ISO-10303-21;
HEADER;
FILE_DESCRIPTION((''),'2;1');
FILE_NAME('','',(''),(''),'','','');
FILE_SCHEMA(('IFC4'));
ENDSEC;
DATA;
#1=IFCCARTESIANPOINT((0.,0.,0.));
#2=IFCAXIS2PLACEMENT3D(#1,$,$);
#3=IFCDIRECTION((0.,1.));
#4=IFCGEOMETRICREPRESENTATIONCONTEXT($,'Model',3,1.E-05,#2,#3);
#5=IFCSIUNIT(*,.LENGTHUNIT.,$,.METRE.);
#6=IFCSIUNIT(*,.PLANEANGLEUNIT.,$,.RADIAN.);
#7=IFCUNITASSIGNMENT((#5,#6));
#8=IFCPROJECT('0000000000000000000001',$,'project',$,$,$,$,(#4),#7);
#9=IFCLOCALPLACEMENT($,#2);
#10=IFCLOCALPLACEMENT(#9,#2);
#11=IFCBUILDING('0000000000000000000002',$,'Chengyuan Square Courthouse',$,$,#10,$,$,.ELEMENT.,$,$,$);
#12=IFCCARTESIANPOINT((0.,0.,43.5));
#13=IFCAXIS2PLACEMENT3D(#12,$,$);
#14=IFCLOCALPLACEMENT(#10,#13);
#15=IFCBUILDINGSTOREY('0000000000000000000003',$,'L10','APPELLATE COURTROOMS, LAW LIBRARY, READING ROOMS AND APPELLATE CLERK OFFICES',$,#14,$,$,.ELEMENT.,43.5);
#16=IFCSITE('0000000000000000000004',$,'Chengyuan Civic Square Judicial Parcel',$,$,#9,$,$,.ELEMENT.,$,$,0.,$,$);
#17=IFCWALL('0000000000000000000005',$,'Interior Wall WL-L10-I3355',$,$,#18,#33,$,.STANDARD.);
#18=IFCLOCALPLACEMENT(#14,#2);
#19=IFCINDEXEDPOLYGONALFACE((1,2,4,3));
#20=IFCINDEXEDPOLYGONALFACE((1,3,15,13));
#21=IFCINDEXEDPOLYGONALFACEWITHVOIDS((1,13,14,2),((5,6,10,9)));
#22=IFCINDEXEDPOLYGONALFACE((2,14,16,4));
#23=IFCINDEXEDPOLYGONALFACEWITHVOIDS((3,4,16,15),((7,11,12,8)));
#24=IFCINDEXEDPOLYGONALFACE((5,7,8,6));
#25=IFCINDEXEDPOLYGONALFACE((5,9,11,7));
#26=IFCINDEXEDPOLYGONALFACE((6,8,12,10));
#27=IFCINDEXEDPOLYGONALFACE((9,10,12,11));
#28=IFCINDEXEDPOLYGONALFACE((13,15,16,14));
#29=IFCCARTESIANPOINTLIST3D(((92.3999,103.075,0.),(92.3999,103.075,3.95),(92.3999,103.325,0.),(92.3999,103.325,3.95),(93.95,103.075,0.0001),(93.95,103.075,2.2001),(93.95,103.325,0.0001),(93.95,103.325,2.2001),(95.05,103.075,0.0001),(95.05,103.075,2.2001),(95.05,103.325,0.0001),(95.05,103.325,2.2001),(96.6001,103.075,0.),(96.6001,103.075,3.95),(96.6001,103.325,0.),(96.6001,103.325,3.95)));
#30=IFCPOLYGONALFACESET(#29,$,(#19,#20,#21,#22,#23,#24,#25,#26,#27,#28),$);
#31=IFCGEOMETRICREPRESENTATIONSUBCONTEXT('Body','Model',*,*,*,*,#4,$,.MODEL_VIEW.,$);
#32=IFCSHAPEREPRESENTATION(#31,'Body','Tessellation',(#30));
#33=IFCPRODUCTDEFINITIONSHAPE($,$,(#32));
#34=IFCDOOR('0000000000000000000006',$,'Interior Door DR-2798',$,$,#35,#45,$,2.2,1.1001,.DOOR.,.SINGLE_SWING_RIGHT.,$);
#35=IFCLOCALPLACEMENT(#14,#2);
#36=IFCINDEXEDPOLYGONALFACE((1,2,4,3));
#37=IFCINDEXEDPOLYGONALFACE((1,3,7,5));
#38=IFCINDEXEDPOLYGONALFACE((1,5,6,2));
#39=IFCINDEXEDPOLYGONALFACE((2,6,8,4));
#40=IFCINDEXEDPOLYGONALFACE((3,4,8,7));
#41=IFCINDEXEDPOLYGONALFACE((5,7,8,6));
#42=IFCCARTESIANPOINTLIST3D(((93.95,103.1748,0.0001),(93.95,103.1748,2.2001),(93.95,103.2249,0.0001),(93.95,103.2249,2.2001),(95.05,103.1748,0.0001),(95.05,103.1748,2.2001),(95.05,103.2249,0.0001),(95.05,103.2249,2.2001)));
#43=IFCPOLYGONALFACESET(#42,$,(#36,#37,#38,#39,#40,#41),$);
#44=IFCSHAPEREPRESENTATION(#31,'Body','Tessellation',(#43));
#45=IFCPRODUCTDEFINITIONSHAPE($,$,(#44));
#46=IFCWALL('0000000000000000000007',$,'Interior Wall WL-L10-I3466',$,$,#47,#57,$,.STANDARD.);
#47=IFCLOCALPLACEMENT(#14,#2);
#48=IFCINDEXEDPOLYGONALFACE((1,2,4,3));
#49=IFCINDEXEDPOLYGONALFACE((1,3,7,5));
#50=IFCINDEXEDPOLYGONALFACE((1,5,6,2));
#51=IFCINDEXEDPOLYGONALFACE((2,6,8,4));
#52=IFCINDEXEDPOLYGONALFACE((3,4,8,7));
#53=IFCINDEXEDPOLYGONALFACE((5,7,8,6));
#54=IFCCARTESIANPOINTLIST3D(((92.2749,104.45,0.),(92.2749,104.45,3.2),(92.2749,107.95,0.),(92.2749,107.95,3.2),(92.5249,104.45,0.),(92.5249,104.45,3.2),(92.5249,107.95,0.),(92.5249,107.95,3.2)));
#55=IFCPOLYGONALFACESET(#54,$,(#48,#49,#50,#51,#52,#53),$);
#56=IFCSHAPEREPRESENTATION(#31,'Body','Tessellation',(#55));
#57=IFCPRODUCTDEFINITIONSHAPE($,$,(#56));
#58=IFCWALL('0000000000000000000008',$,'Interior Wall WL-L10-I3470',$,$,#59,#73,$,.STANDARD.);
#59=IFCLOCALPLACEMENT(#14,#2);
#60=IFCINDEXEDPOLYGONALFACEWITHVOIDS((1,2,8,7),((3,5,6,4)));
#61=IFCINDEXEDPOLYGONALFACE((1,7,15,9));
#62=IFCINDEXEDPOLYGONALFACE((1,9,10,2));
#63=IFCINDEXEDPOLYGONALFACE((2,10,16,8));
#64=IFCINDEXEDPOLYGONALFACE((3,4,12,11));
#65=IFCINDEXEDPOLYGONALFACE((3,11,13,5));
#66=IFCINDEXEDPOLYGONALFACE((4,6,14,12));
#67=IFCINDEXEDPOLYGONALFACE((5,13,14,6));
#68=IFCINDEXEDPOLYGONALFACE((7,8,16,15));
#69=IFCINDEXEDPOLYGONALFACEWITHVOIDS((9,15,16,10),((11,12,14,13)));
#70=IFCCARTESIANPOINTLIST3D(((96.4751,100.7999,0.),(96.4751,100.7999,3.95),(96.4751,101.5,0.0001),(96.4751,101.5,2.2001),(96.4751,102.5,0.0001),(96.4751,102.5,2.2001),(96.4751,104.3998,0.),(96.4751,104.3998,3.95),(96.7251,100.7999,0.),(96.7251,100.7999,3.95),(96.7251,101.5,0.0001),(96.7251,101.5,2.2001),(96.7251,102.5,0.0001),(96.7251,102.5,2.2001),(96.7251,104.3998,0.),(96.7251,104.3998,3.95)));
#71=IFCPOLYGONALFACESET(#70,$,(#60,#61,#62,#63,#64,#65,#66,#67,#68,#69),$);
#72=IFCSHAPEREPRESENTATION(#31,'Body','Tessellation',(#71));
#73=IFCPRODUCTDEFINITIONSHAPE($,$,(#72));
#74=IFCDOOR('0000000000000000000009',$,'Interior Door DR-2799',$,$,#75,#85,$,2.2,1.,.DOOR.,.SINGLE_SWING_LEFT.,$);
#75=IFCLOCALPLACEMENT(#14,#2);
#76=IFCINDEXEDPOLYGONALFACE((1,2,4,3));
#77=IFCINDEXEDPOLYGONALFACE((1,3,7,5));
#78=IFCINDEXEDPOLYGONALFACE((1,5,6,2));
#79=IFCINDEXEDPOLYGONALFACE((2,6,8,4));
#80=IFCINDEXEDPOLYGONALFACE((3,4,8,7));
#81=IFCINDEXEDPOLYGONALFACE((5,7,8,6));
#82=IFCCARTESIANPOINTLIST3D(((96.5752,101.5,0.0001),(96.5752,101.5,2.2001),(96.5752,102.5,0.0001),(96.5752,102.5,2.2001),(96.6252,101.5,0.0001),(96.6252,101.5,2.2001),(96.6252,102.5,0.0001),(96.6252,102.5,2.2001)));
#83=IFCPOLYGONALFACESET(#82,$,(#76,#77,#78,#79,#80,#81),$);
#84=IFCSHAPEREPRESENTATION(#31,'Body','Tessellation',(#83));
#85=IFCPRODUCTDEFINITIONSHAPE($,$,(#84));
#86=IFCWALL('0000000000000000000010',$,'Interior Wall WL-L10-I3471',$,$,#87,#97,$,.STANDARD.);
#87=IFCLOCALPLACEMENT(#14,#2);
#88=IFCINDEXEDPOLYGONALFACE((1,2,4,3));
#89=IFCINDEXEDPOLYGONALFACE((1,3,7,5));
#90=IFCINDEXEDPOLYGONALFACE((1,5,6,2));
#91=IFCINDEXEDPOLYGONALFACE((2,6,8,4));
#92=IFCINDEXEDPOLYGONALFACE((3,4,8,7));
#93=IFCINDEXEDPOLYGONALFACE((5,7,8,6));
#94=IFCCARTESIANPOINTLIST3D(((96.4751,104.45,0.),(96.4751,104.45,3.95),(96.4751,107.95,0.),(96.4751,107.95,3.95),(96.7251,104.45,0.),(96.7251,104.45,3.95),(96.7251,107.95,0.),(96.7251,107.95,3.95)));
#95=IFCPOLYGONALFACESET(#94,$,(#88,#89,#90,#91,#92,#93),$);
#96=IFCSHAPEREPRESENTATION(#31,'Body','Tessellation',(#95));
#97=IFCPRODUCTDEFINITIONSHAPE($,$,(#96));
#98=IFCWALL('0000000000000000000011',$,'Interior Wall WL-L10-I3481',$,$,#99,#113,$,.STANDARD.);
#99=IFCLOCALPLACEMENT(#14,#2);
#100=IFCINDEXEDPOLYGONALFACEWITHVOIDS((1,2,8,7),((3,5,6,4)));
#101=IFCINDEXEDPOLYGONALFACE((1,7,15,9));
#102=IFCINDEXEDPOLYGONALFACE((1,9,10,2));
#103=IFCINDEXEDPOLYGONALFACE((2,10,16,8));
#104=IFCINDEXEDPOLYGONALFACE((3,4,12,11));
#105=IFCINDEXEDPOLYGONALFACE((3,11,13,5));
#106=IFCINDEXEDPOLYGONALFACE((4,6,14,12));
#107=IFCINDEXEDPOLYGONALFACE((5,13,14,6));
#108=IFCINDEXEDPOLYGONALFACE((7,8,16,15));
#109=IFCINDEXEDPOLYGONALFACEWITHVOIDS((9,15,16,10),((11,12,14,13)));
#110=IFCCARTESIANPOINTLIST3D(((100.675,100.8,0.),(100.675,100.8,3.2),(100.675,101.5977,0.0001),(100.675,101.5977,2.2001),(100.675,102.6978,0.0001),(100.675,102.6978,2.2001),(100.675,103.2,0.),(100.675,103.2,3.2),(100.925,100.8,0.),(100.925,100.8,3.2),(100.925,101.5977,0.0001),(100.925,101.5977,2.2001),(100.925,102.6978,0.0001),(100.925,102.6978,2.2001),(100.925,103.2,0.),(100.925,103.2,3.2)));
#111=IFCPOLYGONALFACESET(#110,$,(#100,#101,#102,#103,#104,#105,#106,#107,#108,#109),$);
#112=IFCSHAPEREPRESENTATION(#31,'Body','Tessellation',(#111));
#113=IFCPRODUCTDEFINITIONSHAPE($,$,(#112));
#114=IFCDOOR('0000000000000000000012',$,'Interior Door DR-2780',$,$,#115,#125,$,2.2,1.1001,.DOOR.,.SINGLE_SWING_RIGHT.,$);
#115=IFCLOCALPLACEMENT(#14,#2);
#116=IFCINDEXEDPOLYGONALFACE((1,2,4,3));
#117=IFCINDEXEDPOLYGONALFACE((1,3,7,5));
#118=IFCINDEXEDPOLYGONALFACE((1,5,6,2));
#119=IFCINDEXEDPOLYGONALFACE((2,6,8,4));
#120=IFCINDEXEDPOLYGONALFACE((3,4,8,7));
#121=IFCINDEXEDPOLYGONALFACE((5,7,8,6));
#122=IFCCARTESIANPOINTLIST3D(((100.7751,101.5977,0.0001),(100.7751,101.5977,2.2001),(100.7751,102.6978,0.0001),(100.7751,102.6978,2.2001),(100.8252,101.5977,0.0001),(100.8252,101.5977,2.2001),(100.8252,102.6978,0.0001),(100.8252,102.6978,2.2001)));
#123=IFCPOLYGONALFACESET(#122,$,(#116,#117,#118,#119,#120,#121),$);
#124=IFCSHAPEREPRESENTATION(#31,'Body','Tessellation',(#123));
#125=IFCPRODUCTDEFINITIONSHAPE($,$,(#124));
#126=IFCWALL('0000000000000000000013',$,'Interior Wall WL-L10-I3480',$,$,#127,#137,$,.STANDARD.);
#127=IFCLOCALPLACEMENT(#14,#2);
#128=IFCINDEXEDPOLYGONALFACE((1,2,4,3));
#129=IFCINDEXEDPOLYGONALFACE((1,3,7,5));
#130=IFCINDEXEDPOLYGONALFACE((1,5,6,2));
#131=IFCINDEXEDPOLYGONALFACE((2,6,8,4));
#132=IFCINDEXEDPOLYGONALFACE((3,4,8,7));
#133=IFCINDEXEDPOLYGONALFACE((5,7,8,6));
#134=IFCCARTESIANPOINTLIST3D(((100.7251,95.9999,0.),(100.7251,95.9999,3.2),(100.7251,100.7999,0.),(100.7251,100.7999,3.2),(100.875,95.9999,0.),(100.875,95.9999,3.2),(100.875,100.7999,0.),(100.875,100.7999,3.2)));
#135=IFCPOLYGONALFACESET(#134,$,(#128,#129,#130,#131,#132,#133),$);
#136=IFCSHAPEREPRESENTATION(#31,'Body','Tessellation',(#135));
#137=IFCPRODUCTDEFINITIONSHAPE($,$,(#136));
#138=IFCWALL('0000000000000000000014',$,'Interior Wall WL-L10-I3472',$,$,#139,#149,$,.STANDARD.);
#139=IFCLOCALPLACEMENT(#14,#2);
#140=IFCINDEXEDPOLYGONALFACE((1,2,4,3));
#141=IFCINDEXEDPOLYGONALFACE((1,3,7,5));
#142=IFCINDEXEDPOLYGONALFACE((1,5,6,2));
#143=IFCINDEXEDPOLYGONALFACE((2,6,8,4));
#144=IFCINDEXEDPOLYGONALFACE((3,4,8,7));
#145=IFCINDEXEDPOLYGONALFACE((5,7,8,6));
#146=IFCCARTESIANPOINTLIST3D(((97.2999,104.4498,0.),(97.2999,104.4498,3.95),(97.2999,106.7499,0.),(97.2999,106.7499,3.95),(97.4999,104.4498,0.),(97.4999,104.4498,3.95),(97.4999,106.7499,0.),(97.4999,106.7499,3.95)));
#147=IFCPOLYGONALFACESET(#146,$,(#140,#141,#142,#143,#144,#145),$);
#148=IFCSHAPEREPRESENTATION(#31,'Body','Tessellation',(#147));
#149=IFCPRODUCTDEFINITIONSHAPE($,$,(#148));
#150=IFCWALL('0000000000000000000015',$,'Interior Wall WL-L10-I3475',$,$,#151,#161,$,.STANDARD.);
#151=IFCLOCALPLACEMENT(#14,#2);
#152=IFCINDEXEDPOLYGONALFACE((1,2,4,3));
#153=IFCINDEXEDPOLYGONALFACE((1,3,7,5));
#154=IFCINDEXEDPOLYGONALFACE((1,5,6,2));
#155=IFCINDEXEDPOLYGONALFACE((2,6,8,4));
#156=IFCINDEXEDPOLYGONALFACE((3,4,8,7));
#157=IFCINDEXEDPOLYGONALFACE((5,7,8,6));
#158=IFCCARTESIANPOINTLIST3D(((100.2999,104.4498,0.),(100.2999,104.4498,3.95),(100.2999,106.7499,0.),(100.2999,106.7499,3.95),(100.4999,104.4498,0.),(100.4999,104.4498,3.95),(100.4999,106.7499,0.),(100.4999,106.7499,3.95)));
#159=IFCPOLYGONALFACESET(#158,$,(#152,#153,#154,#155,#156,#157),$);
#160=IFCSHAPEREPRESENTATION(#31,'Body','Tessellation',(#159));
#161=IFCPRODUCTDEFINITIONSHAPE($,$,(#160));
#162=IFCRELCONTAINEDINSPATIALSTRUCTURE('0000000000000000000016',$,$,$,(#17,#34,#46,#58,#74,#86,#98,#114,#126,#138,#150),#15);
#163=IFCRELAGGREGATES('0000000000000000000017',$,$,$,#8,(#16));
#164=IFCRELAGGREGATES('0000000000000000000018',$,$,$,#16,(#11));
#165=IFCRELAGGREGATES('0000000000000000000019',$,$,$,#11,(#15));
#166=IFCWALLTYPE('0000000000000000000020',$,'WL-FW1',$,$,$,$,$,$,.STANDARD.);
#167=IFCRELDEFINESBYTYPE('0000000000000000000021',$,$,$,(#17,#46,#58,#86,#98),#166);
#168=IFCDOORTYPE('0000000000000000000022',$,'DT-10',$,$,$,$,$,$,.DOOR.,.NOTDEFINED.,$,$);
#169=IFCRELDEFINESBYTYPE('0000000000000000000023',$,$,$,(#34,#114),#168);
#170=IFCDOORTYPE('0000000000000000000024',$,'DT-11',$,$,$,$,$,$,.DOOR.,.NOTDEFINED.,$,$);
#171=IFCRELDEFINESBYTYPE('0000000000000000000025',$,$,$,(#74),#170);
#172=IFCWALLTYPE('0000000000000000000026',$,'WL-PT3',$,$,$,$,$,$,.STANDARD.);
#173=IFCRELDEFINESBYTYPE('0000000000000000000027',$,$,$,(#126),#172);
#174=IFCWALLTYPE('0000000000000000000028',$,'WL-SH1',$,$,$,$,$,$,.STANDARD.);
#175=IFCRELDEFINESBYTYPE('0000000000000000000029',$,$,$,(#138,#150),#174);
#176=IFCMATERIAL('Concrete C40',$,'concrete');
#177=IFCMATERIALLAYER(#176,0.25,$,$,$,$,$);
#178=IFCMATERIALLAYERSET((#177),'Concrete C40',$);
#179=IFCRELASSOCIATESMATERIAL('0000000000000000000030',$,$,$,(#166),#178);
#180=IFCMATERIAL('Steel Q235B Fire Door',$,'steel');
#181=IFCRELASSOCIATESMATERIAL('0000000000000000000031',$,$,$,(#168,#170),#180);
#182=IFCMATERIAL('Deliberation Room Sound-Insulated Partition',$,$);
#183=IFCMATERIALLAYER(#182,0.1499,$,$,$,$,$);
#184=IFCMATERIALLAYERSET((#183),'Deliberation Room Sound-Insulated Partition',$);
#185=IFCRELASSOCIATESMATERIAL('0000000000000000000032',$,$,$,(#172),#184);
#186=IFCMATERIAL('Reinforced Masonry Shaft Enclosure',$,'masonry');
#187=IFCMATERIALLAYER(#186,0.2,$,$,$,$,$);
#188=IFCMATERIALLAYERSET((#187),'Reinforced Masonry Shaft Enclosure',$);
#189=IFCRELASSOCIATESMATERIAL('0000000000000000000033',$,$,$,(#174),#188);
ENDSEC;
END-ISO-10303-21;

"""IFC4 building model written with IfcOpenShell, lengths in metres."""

from ifc_helpers import new_model, si_unit, direction, frame, frame_2d, origin, place, context, subcontext, project, spatial, rectangle, extrude, material, layer, layer_set, type_object, element, fill, save


model = new_model("IFC4")

# Units and contexts
model_context = context("Model", 3, precision=1e-05, world=origin(), true_north=direction((0.0, 1.0)))
body_context = subcontext(model_context, "Body", "Model", "MODEL_VIEW")
ifc_project = project(units=[si_unit("LENGTHUNIT", "METRE"), si_unit("PLANEANGLEUNIT", "RADIAN")], contexts=[model_context])

# Site, building, storey
site_placement = place(None, origin())
site = spatial("IfcSite", under=ifc_project, at=site_placement, Name="Chengyuan Civic Square Judicial Parcel", CompositionType="ELEMENT", RefElevation=0.0)
building_placement = place(site_placement, origin())
building = spatial("IfcBuilding", under=site, at=building_placement, Name="Chengyuan Square Courthouse", CompositionType="ELEMENT")
storey_placement = place(building_placement, frame((0.0, 0.0, 43.5)))
storey = spatial("IfcBuildingStorey", under=building, at=storey_placement, Name="L10", Description="APPELLATE COURTROOMS, LAW LIBRARY, READING ROOMS AND APPELLATE CLERK OFFICES", CompositionType="ELEMENT", Elevation=43.5)

# Shared definitions
ifc_material_1 = material(Name="Concrete C40", Category="concrete")

# Wall, opening, door
ifc_layer_1 = layer(ifc_material_1, 0.25)
ifc_layer_set_1 = layer_set([ifc_layer_1], Name="Concrete C40")
wall_type_1 = type_object("IfcWallType", Name="WL-FW1", PredefinedType="STANDARD", material=ifc_layer_set_1)
ifc_material_2 = material(Name="Steel Q235B Fire Door", Category="steel")
wall_1_placement = place(storey_placement, frame((92.3999, 103.2, 0.0), z_axis=(0.0, 0.0, 1.0), x_axis=(1.0, 0.0, 0.0)))
wall_1 = element("IfcWall", 1, at=wall_1_placement, inside=storey, type_object=wall_type_1, Name="Interior Wall WL-L10-I3355", PredefinedType="STANDARD", context=body_context, shape_type="SweptSolid", body=[
    extrude(rectangle(XDim=4.2002, YDim=0.25, at=frame_2d((2.1001, 0.0))), origin(), (0.0, 0.0, 1.0), 3.95),
])
opening_1_placement = place(wall_1_placement, frame((1.55, 0.0, 0.0)))
opening_1 = element("IfcOpeningElement", 2, at=opening_1_placement, cuts=wall_1, PredefinedType="OPENING", context=body_context, shape_type="SweptSolid", body=[
    extrude(rectangle(XDim=1.1001, YDim=2.2, at=frame_2d((0.55, 1.1001))), frame((0.0, 0.137, 0.0), z_axis=(0.0, -1.0, 0.0), x_axis=(1.0, 0.0, 0.0)), (0.0, 0.0, 1.0), 0.2739),
])
door_type_1 = type_object("IfcDoorType", Name="DT-10", OperationType="NOTDEFINED", PredefinedType="DOOR", material=ifc_material_2)
door_1_placement = place(opening_1_placement, origin())
door_1 = element("IfcDoor", 3, at=door_1_placement, inside=storey, type_object=door_type_1, Name="Interior Door DR-2798", OperationType="SINGLE_SWING_RIGHT", OverallHeight=2.2, OverallWidth=1.1001, PredefinedType="DOOR", context=body_context, shape_type="SweptSolid", body=[
    extrude(rectangle(XDim=1.1001, YDim=2.2, at=frame_2d((0.55, 1.1001))), frame((0.0, 0.0249, 0.0), z_axis=(0.0, -1.0, 0.0), x_axis=(1.0, 0.0, 0.0)), (0.0, 0.0, 1.0), 0.05),
])
fill(opening_1, door_1)

# Wall
wall_2_placement = place(storey_placement, frame((92.3999, 104.45, 0.0), z_axis=(0.0, 0.0, 1.0), x_axis=(0.0, 1.0, 0.0)))
element("IfcWall", 4, at=wall_2_placement, inside=storey, type_object=wall_type_1, Name="Interior Wall WL-L10-I3466", PredefinedType="STANDARD", context=body_context, shape_type="SweptSolid", body=[
    extrude(rectangle(XDim=3.5, YDim=0.25, at=frame_2d((1.75, 0.0))), origin(), (0.0, 0.0, 1.0), 3.2),
])

# Wall, opening, door
wall_3_placement = place(storey_placement, frame((96.6001, 100.8, 0.0), z_axis=(0.0, 0.0, 1.0), x_axis=(0.0, 1.0, 0.0)))
wall_3 = element("IfcWall", 5, at=wall_3_placement, inside=storey, type_object=wall_type_1, Name="Interior Wall WL-L10-I3470", PredefinedType="STANDARD", context=body_context, shape_type="SweptSolid", body=[
    extrude(rectangle(XDim=3.5999, YDim=0.25, at=frame_2d((1.7998, 0.0))), origin(), (0.0, 0.0, 1.0), 3.95),
])
opening_2_placement = place(wall_3_placement, frame((0.7, 0.0, 0.0)))
opening_2 = element("IfcOpeningElement", 6, at=opening_2_placement, cuts=wall_3, PredefinedType="OPENING", context=body_context, shape_type="SweptSolid", body=[
    extrude(rectangle(XDim=1.0, YDim=2.2, at=frame_2d((0.5, 1.1001))), frame((0.0, 0.137, 0.0), z_axis=(0.0, -1.0, 0.0), x_axis=(1.0, 0.0, 0.0)), (0.0, 0.0, 1.0), 0.2739),
])
door_type_2 = type_object("IfcDoorType", Name="DT-11", OperationType="NOTDEFINED", PredefinedType="DOOR", material=ifc_material_2)
door_2_placement = place(opening_2_placement, origin())
door_2 = element("IfcDoor", 7, at=door_2_placement, inside=storey, type_object=door_type_2, Name="Interior Door DR-2799", OperationType="SINGLE_SWING_LEFT", OverallHeight=2.2, OverallWidth=1.0, PredefinedType="DOOR", context=body_context, shape_type="SweptSolid", body=[
    extrude(rectangle(XDim=1.0, YDim=2.2, at=frame_2d((0.5, 1.1001))), frame((0.0, 0.0249, 0.0), z_axis=(0.0, -1.0, 0.0), x_axis=(1.0, 0.0, 0.0)), (0.0, 0.0, 1.0), 0.05),
])
fill(opening_2, door_2)

# Wall
wall_4_placement = place(storey_placement, frame((96.6001, 104.45, 0.0), z_axis=(0.0, 0.0, 1.0), x_axis=(0.0, 1.0, 0.0)))
element("IfcWall", 8, at=wall_4_placement, inside=storey, type_object=wall_type_1, Name="Interior Wall WL-L10-I3471", PredefinedType="STANDARD", context=body_context, shape_type="SweptSolid", body=[
    extrude(rectangle(XDim=3.5, YDim=0.25, at=frame_2d((1.75, 0.0))), origin(), (0.0, 0.0, 1.0), 3.95),
])

# Wall, opening, door
wall_5_placement = place(storey_placement, frame((100.8, 100.8, 0.0), z_axis=(0.0, 0.0, 1.0), x_axis=(0.0, 1.0, 0.0)))
wall_5 = element("IfcWall", 9, at=wall_5_placement, inside=storey, type_object=wall_type_1, Name="Interior Wall WL-L10-I3481", PredefinedType="STANDARD", context=body_context, shape_type="SweptSolid", body=[
    extrude(rectangle(XDim=2.3999, YDim=0.25, at=frame_2d((1.2, 0.0))), origin(), (0.0, 0.0, 1.0), 3.2),
])
opening_3_placement = place(wall_5_placement, frame((0.7976, 0.0, 0.0)))
opening_3 = element("IfcOpeningElement", 10, at=opening_3_placement, cuts=wall_5, PredefinedType="OPENING", context=body_context, shape_type="SweptSolid", body=[
    extrude(rectangle(XDim=1.1001, YDim=2.2, at=frame_2d((0.55, 1.1001))), frame((0.0, 0.137, 0.0), z_axis=(0.0, -1.0, 0.0), x_axis=(1.0, 0.0, 0.0)), (0.0, 0.0, 1.0), 0.2739),
])
door_3_placement = place(opening_3_placement, origin())
door_3 = element("IfcDoor", 11, at=door_3_placement, inside=storey, type_object=door_type_1, Name="Interior Door DR-2780", OperationType="SINGLE_SWING_RIGHT", OverallHeight=2.2, OverallWidth=1.1001, PredefinedType="DOOR", context=body_context, shape_type="SweptSolid", body=[
    extrude(rectangle(XDim=1.1001, YDim=2.2, at=frame_2d((0.55, 1.1001))), frame((0.0, 0.0249, 0.0), z_axis=(0.0, -1.0, 0.0), x_axis=(1.0, 0.0, 0.0)), (0.0, 0.0, 1.0), 0.05),
])
fill(opening_3, door_3)

# Wall
ifc_material_3 = material(Name="Deliberation Room Sound-Insulated Partition")
ifc_layer_2 = layer(ifc_material_3, 0.1499)
ifc_layer_set_2 = layer_set([ifc_layer_2], Name="Deliberation Room Sound-Insulated Partition")
wall_type_2 = type_object("IfcWallType", Name="WL-PT3", PredefinedType="STANDARD", material=ifc_layer_set_2)
wall_6_placement = place(storey_placement, frame((100.8, 96.0, 0.0), z_axis=(0.0, 0.0, 1.0), x_axis=(0.0, 1.0, 0.0)))
element("IfcWall", 12, at=wall_6_placement, inside=storey, type_object=wall_type_2, Name="Interior Wall WL-L10-I3480", PredefinedType="STANDARD", context=body_context, shape_type="SweptSolid", body=[
    extrude(rectangle(XDim=4.8, YDim=0.1499, at=frame_2d((2.3999, 0.0))), origin(), (0.0, 0.0, 1.0), 3.2),
])

# Shared definitions
ifc_material_4 = material(Name="Reinforced Masonry Shaft Enclosure", Category="masonry")
ifc_layer_3 = layer(ifc_material_4, 0.2)
ifc_layer_set_3 = layer_set([ifc_layer_3], Name="Reinforced Masonry Shaft Enclosure")
wall_type_3 = type_object("IfcWallType", Name="WL-SH1", PredefinedType="STANDARD", material=ifc_layer_set_3)

# Walls
for number, where, z_axis, x_axis, name in (
    (13, (97.3999, 104.45, 0.0), (0.0, 0.0, 1.0), (0.0, 1.0, 0.0), "Interior Wall WL-L10-I3472"),
    (14, (100.3999, 104.45, 0.0), (0.0, 0.0, 1.0), (0.0, 1.0, 0.0), "Interior Wall WL-L10-I3475"),
):
    element("IfcWall", number, at=place(storey_placement, frame(where, z_axis=z_axis, x_axis=x_axis)), inside=storey, type_object=wall_type_3, Name=name, PredefinedType="STANDARD", context=body_context, shape_type="SweptSolid", body=[
        extrude(rectangle(XDim=2.3, YDim=0.2, at=frame_2d((1.1499, 0.0))), origin(), (0.0, 0.0, 1.0), 3.95),
    ])

save(model, "model.ifc")
